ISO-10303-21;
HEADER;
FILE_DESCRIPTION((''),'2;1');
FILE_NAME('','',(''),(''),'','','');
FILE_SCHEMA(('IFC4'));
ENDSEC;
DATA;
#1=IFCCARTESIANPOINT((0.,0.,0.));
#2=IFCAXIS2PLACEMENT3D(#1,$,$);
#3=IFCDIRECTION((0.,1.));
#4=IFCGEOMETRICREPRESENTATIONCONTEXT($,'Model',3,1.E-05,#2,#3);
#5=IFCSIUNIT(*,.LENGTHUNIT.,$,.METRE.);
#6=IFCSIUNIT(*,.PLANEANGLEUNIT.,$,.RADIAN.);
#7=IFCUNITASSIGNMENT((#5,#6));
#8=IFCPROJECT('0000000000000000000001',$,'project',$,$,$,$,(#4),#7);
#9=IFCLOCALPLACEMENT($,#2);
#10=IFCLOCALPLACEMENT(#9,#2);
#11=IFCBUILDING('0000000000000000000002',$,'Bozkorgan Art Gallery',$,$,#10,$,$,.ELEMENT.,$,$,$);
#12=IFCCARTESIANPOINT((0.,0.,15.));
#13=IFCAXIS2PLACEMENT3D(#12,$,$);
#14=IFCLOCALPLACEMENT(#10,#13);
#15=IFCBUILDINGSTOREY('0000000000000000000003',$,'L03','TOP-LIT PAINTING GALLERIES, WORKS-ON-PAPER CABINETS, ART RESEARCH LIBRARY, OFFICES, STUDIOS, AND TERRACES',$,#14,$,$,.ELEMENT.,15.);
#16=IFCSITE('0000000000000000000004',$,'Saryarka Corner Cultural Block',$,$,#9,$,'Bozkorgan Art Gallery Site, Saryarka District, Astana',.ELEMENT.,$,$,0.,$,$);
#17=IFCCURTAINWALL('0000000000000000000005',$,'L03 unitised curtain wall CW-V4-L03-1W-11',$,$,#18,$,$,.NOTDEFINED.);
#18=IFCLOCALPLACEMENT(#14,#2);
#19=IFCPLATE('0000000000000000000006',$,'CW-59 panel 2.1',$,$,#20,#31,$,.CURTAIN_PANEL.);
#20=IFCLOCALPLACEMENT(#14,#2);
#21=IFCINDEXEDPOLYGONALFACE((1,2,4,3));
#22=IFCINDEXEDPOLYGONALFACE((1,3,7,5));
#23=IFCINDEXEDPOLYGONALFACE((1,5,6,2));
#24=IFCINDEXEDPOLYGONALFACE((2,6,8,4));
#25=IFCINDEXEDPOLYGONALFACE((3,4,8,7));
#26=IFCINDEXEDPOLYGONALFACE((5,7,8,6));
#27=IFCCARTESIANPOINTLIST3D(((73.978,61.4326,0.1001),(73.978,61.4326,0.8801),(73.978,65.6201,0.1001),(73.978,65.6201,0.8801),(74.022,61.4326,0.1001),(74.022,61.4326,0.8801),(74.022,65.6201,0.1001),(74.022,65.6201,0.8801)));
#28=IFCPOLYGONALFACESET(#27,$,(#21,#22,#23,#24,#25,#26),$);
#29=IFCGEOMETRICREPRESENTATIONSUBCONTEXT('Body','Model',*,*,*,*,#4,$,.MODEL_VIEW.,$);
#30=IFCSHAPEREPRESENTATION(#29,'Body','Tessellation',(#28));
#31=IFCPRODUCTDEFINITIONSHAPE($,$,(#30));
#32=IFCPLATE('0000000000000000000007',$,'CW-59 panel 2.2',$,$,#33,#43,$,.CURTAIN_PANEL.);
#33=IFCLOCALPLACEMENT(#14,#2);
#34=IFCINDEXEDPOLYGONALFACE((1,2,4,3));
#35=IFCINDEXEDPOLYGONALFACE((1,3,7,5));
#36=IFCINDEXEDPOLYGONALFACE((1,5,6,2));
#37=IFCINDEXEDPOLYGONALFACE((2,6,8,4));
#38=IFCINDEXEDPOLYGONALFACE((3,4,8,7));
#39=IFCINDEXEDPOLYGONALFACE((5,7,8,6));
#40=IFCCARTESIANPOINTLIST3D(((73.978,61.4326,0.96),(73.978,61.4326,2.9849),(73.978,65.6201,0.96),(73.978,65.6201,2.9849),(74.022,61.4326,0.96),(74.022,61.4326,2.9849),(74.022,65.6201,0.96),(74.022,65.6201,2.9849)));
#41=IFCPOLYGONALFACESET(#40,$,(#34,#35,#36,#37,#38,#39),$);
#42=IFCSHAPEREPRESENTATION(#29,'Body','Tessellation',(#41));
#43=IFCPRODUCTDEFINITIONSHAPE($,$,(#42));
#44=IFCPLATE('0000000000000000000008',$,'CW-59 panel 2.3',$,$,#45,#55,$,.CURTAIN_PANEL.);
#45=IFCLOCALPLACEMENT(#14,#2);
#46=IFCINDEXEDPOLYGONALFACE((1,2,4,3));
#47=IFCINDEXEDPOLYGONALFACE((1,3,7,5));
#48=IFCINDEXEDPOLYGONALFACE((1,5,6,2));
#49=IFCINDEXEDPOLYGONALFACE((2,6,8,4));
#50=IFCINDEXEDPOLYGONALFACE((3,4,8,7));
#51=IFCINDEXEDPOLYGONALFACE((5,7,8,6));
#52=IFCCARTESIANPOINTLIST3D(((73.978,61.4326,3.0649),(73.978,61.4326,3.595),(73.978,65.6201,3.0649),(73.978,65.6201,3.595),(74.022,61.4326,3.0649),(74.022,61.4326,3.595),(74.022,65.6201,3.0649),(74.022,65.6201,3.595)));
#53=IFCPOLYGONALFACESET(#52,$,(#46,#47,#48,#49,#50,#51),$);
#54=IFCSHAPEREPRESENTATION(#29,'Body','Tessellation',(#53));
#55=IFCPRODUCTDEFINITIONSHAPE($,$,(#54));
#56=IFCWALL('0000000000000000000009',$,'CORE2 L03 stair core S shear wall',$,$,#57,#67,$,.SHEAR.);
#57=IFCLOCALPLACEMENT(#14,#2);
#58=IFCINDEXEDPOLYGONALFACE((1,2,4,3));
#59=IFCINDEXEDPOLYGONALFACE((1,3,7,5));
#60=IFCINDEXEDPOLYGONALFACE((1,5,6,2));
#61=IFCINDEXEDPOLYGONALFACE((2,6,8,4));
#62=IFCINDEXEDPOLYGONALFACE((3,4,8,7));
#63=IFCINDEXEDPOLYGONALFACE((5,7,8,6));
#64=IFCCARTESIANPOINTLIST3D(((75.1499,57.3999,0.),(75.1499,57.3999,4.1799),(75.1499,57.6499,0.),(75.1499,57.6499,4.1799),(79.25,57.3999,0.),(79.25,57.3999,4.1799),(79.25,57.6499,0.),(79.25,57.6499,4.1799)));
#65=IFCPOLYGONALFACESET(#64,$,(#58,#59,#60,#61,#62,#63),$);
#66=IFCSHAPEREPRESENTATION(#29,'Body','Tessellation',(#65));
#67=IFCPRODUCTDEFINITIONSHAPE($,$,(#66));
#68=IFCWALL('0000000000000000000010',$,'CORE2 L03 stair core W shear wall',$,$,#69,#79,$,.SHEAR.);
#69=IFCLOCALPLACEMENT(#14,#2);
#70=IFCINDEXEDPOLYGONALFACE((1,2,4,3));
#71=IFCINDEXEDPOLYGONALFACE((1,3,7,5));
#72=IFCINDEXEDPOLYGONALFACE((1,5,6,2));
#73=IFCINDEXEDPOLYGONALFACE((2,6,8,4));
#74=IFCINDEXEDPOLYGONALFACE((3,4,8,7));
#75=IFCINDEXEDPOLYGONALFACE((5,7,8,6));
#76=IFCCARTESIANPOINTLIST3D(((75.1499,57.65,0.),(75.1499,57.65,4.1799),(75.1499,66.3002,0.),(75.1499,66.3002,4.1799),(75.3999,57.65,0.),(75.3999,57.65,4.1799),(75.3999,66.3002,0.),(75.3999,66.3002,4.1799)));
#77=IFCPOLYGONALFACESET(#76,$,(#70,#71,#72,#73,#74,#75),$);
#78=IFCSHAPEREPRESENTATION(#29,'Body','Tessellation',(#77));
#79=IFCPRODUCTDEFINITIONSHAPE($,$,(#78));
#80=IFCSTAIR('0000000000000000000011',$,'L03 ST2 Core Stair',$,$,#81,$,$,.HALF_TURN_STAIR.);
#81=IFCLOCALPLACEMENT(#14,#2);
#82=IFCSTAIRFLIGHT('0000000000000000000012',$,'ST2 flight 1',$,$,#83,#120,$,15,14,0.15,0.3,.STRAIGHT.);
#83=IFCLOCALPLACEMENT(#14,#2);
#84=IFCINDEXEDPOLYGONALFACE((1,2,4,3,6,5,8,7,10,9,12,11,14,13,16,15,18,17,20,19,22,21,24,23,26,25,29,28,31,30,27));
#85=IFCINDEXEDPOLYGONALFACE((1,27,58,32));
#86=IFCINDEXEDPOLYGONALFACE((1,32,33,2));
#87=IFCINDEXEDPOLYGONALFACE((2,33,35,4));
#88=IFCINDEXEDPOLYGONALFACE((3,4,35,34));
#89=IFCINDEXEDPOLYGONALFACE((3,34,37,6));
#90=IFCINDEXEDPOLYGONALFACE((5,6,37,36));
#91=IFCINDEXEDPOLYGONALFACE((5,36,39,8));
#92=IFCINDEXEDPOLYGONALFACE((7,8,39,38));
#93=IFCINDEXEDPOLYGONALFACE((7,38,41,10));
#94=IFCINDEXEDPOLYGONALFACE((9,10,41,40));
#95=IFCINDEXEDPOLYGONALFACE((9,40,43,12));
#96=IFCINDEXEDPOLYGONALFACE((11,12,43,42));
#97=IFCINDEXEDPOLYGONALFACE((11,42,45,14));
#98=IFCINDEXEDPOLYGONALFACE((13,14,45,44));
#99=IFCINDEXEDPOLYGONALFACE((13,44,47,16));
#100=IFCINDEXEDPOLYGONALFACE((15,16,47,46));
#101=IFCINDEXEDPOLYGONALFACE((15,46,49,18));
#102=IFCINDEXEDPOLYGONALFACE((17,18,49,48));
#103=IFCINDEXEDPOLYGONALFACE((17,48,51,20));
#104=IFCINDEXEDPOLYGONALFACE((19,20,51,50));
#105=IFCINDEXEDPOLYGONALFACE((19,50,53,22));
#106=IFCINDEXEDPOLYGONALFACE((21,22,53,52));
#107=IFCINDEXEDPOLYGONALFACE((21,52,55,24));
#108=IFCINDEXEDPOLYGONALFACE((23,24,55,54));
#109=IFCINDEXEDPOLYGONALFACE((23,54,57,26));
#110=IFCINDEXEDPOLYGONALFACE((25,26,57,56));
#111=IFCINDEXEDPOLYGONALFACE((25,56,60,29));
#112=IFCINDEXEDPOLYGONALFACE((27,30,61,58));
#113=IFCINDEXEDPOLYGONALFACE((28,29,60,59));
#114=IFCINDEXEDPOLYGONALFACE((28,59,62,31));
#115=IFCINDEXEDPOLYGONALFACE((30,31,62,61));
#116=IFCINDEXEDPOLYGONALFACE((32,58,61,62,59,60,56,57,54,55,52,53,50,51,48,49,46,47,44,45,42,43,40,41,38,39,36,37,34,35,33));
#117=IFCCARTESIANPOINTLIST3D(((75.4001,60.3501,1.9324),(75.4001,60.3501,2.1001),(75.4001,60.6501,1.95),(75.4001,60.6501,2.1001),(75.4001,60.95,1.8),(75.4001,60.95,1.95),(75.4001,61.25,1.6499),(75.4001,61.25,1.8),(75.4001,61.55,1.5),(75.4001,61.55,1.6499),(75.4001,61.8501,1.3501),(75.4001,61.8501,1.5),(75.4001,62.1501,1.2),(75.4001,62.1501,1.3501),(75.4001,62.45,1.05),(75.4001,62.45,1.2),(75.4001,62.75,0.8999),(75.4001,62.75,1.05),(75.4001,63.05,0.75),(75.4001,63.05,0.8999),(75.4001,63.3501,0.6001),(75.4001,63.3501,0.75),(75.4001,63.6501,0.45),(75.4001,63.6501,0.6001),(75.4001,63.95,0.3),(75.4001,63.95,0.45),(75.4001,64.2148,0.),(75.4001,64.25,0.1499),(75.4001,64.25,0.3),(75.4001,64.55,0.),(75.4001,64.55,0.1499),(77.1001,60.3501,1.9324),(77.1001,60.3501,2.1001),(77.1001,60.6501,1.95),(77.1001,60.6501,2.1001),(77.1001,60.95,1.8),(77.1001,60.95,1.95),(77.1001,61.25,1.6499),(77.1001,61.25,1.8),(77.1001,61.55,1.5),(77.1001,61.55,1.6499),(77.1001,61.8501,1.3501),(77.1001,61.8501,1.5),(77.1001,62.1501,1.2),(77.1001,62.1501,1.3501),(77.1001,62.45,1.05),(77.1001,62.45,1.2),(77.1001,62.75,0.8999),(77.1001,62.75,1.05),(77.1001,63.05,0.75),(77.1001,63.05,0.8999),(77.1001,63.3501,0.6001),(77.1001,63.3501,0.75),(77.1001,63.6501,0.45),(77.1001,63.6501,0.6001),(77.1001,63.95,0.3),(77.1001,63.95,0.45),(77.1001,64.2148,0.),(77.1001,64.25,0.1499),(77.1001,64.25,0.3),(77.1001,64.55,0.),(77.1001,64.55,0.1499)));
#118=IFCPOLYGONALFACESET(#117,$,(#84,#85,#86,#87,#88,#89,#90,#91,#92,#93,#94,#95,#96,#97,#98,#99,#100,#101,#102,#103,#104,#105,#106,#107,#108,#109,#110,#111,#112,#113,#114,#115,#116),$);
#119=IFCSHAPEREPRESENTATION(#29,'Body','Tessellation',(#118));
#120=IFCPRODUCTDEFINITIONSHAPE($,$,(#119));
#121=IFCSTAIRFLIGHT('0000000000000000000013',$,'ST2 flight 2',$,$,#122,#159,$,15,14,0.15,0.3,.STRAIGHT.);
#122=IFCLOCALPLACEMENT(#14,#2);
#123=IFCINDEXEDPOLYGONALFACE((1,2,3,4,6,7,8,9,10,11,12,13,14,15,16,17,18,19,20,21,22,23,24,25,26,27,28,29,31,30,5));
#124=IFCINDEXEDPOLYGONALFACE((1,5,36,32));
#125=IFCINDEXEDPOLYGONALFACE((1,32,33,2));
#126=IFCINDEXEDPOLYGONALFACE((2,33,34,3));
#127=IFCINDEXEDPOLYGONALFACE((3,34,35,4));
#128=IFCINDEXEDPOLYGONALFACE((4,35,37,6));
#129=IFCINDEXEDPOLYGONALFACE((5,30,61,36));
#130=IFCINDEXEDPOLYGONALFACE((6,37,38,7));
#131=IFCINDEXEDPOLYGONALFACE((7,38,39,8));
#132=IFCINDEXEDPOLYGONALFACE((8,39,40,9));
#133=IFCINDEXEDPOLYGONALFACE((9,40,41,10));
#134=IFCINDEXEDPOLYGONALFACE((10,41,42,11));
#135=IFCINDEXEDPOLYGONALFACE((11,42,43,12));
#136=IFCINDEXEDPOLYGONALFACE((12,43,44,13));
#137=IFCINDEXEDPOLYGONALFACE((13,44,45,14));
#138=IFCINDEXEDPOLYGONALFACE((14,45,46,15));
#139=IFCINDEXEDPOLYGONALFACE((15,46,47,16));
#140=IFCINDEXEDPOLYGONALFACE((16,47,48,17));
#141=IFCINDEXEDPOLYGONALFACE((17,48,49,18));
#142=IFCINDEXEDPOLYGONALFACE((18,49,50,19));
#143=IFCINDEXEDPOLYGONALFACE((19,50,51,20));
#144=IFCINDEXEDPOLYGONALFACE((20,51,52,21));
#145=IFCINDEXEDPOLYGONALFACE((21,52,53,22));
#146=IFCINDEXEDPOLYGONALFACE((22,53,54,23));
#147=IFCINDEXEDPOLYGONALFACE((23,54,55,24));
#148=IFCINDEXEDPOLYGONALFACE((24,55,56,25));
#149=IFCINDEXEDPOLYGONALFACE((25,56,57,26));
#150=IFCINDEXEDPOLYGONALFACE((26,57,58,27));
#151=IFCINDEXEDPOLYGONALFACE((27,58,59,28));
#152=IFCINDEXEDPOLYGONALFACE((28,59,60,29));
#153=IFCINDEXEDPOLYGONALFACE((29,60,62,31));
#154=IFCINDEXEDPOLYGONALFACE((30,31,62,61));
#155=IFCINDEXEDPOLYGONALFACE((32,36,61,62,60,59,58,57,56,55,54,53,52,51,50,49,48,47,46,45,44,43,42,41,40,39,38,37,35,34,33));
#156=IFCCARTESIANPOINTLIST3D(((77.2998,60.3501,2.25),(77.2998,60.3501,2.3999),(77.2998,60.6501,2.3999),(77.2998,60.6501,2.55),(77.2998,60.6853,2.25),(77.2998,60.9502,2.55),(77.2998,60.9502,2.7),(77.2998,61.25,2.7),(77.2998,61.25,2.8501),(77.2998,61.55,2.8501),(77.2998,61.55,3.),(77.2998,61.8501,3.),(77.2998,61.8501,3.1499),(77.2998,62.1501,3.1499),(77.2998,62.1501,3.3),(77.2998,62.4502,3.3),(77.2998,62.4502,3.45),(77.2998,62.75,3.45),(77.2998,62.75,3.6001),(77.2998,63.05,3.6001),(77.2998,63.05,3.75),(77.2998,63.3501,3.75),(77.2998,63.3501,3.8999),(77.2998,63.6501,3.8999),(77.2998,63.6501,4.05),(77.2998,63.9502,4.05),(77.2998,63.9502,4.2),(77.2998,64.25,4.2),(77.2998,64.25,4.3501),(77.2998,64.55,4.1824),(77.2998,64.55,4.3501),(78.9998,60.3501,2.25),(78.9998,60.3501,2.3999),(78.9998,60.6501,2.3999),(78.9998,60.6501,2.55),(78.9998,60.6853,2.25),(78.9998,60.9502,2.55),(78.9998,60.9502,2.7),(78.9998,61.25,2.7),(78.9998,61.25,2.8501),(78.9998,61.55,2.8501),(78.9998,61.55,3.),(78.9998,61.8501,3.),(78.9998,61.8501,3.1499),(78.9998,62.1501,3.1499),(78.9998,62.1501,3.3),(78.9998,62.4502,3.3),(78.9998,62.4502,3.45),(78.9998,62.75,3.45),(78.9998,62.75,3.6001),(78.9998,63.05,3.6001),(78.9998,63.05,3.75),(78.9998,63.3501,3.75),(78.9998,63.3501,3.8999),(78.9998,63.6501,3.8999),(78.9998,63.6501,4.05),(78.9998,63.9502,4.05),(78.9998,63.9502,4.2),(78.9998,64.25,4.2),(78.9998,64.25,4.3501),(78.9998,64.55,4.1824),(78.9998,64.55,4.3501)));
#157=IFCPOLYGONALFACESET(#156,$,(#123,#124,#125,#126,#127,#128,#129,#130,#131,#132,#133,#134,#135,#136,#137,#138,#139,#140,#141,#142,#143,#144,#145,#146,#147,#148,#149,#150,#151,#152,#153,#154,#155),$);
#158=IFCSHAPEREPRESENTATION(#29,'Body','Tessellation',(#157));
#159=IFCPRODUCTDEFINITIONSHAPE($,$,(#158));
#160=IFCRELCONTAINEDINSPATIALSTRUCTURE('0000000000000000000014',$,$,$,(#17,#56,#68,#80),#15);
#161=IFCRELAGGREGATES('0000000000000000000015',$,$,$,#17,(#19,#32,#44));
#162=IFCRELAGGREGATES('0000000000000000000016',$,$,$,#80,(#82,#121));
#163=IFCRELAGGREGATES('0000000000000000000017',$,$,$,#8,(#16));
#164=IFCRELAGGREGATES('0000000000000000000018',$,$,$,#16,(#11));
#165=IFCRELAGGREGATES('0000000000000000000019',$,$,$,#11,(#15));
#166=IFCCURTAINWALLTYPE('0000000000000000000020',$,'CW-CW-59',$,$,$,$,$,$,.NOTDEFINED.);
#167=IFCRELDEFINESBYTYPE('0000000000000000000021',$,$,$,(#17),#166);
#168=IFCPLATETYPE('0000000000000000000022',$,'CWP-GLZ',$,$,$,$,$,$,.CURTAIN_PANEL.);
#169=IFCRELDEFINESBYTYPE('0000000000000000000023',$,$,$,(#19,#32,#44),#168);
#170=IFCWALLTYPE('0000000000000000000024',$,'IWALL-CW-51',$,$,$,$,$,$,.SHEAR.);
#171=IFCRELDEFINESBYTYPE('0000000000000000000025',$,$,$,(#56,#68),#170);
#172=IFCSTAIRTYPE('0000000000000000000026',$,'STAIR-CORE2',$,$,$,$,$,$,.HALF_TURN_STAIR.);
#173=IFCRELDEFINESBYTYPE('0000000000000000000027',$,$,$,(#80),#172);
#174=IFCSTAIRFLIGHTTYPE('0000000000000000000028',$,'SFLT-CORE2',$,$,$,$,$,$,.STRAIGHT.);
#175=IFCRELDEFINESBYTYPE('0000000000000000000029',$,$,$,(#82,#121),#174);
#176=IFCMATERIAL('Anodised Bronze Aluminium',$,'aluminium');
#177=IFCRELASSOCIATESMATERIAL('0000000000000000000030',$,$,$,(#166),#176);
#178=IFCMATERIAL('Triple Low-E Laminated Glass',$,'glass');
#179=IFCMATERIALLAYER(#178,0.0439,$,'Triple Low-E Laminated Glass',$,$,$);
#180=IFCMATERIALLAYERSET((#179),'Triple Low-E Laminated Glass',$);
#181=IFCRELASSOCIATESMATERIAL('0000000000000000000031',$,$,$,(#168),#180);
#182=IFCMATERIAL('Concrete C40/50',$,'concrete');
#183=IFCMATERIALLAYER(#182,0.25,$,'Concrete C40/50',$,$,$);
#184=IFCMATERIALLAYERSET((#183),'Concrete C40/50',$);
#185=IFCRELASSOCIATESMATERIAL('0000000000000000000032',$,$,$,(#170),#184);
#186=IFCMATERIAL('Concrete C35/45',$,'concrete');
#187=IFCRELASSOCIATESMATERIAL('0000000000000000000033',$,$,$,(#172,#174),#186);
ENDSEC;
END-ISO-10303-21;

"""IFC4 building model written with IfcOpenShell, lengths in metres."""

from ifc_helpers import new_model, si_unit, direction, frame, frame_2d, origin, origin_2d, place, context, subcontext, project, spatial, polyline, rectangle, outline, extrude, material, layer, layer_set, type_object, element, aggregate, save


model = new_model("IFC4")

# Units and contexts
model_context = context("Model", 3, precision=1e-05, world=origin(), true_north=direction((0.0, 1.0)))
body_context = subcontext(model_context, "Body", "Model", "MODEL_VIEW")
ifc_project = project(units=[si_unit("LENGTHUNIT", "METRE"), si_unit("PLANEANGLEUNIT", "RADIAN")], contexts=[model_context])

# Site, building, storey
site_placement = place(None, origin())
site = spatial("IfcSite", under=ifc_project, at=site_placement, Name="Saryarka Corner Cultural Block", LongName="Bozkorgan Art Gallery Site, Saryarka District, Astana", CompositionType="ELEMENT", RefElevation=0.0)
building_placement = place(site_placement, origin())
building = spatial("IfcBuilding", under=site, at=building_placement, Name="Bozkorgan Art Gallery", CompositionType="ELEMENT")
storey_placement = place(building_placement, frame((0.0, 0.0, 15.0)))
storey = spatial("IfcBuildingStorey", under=building, at=storey_placement, Name="L03", Description="TOP-LIT PAINTING GALLERIES, WORKS-ON-PAPER CABINETS, ART RESEARCH LIBRARY, OFFICES, STUDIOS, AND TERRACES", CompositionType="ELEMENT", Elevation=15.0)

# Curtain wall, plates
ifc_material_1 = material(Name="Anodised Bronze Aluminium", Category="aluminium")
curtain_wall_type = type_object("IfcCurtainWallType", Name="CW-CW-59", PredefinedType="NOTDEFINED", material=ifc_material_1)
curtain_wall_placement = place(storey_placement, origin())
curtain_wall = element("IfcCurtainWall", 1, at=curtain_wall_placement, inside=storey, type_object=curtain_wall_type, Name="L03 unitised curtain wall CW-V4-L03-1W-11", PredefinedType="NOTDEFINED")
ifc_material_2 = material(Name="Triple Low-E Laminated Glass", Category="glass")
ifc_layer_1 = layer(ifc_material_2, 0.0439, Name="Triple Low-E Laminated Glass")
ifc_layer_set_1 = layer_set([ifc_layer_1], Name="Triple Low-E Laminated Glass")
plate_type = type_object("IfcPlateType", Name="CWP-GLZ", PredefinedType="CURTAIN_PANEL", material=ifc_layer_set_1)
plate_1_placement = place(storey_placement, frame((74.0, 63.5264, 0.1001), z_axis=(0.0, 0.0, 1.0), x_axis=(0.0, 1.0, 0.0)))
plate_1 = element("IfcPlate", 2, at=plate_1_placement, type_object=plate_type, Name="CW-59 panel 2.1", PredefinedType="CURTAIN_PANEL", context=body_context, shape_type="SweptSolid", body=[
    extrude(rectangle(XDim=4.1875, YDim=0.0439, at=origin_2d()), origin(), (0.0, 0.0, 1.0), 0.78),
])
plate_2_placement = place(storey_placement, frame((74.0, 63.5264, 0.96), z_axis=(0.0, 0.0, 1.0), x_axis=(0.0, 1.0, 0.0)))
plate_2 = element("IfcPlate", 3, at=plate_2_placement, type_object=plate_type, Name="CW-59 panel 2.2", PredefinedType="CURTAIN_PANEL", context=body_context, shape_type="SweptSolid", body=[
    extrude(rectangle(XDim=4.1875, YDim=0.0439, at=origin_2d()), origin(), (0.0, 0.0, 1.0), 2.0249),
])
plate_3_placement = place(storey_placement, frame((74.0, 63.5264, 3.0649), z_axis=(0.0, 0.0, 1.0), x_axis=(0.0, 1.0, 0.0)))
plate_3 = element("IfcPlate", 4, at=plate_3_placement, type_object=plate_type, Name="CW-59 panel 2.3", PredefinedType="CURTAIN_PANEL", context=body_context, shape_type="SweptSolid", body=[
    extrude(rectangle(XDim=4.1875, YDim=0.0439, at=origin_2d()), origin(), (0.0, 0.0, 1.0), 0.53),
])
aggregate(curtain_wall, [plate_1, plate_2, plate_3])

# Walls
ifc_material_3 = material(Name="Concrete C40/50", Category="concrete")
ifc_layer_2 = layer(ifc_material_3, 0.25, Name="Concrete C40/50")
ifc_layer_set_2 = layer_set([ifc_layer_2], Name="Concrete C40/50")
wall_type = type_object("IfcWallType", Name="IWALL-CW-51", PredefinedType="SHEAR", material=ifc_layer_set_2)
wall_1_placement = place(storey_placement, frame((75.1499, 57.5249, 0.0), z_axis=(0.0, 0.0, 1.0), x_axis=(1.0, 0.0, 0.0)))
element("IfcWall", 5, at=wall_1_placement, inside=storey, type_object=wall_type, Name="CORE2 L03 stair core S shear wall", PredefinedType="SHEAR", context=body_context, shape_type="SweptSolid", body=[
    extrude(rectangle(XDim=4.1001, YDim=0.25, at=frame_2d((2.05, 0.0))), origin(), (0.0, 0.0, 1.0), 4.1799),
])
wall_2_placement = place(storey_placement, frame((75.2749, 57.6499, 0.0), z_axis=(0.0, 0.0, 1.0), x_axis=(0.0, 1.0, 0.0)))
element("IfcWall", 6, at=wall_2_placement, inside=storey, type_object=wall_type, Name="CORE2 L03 stair core W shear wall", PredefinedType="SHEAR", context=body_context, shape_type="SweptSolid", body=[
    extrude(rectangle(XDim=8.6501, YDim=0.25, at=frame_2d((4.3252, 0.0))), origin(), (0.0, 0.0, 1.0), 4.1799),
])

# Stair, stair flights
ifc_material_4 = material(Name="Concrete C35/45", Category="concrete")
stair_type = type_object("IfcStairType", Name="STAIR-CORE2", PredefinedType="HALF_TURN_STAIR", material=ifc_material_4)
stair_placement = place(storey_placement, origin())
stair = element("IfcStair", 7, at=stair_placement, inside=storey, type_object=stair_type, Name="L03 ST2 Core Stair", PredefinedType="HALF_TURN_STAIR")
stair_flight_type = type_object("IfcStairFlightType", Name="SFLT-CORE2", PredefinedType="STRAIGHT", material=ifc_material_4)
stair_flight_1_placement = place(storey_placement, frame((76.25, 64.55, 0.0), z_axis=(0.0, 0.0, 1.0), x_axis=(0.0, -1.0, 0.0)))
stair_flight_1 = element("IfcStairFlight", 8, at=stair_flight_1_placement, type_object=stair_flight_type, Name="ST2 flight 1", NumberOfRisers=15, NumberOfTreads=14, PredefinedType="STRAIGHT", RiserHeight=0.15, TreadLength=0.3, context=body_context, shape_type="SweptSolid", body=[
    extrude(outline(polyline([(0.0, 0.0), (0.0, 0.1499), (0.3, 0.1499), (0.3, 0.3), (0.6001, 0.3), (0.6001, 0.45), (0.8999, 0.45), (0.8999, 0.6001), (1.2, 0.6001), (1.2, 0.75), (1.5, 0.75), (1.5, 0.8999), (1.8, 0.8999), (1.8, 1.05), (2.1001, 1.05), (2.1001, 1.2), (2.3999, 1.2), (2.3999, 1.3501), (2.7, 1.3501), (2.7, 1.5), (3.0, 1.5), (3.0, 1.6499), (3.3, 1.6499), (3.3, 1.8), (3.6001, 1.8), (3.6001, 1.95), (3.8999, 1.95), (3.8999, 2.1001), (4.2, 2.1001), (4.2, 2.25), (4.2, 1.9324), (0.3352, 0.0), (0.0, 0.0)])), frame((0.0, 0.8501, 0.0), z_axis=(0.0, -1.0, 0.0), x_axis=(1.0, 0.0, 0.0)), (0.0, 0.0, 1.0), 1.7),
])
stair_flight_2_placement = place(storey_placement, frame((78.1499, 60.3501, 2.25), z_axis=(0.0, 0.0, 1.0), x_axis=(0.0, 1.0, 0.0)))
stair_flight_2 = element("IfcStairFlight", 9, at=stair_flight_2_placement, type_object=stair_flight_type, Name="ST2 flight 2", NumberOfRisers=15, NumberOfTreads=14, PredefinedType="STRAIGHT", RiserHeight=0.15, TreadLength=0.3, context=body_context, shape_type="SweptSolid", body=[
    extrude(outline(polyline([(0.0, 0.0), (0.0, 0.1499), (0.3, 0.1499), (0.3, 0.3), (0.6001, 0.3), (0.6001, 0.45), (0.8999, 0.45), (0.8999, 0.6001), (1.2, 0.6001), (1.2, 0.75), (1.5, 0.75), (1.5, 0.8999), (1.8, 0.8999), (1.8, 1.05), (2.1001, 1.05), (2.1001, 1.2), (2.3999, 1.2), (2.3999, 1.3501), (2.7, 1.3501), (2.7, 1.5), (3.0, 1.5), (3.0, 1.6499), (3.3, 1.6499), (3.3, 1.8), (3.6001, 1.8), (3.6001, 1.95), (3.8999, 1.95), (3.8999, 2.1001), (4.2, 2.1001), (4.2, 2.25), (4.2, 1.9324), (0.3352, 0.0), (0.0, 0.0)])), frame((0.0, 0.8501, 0.0), z_axis=(0.0, -1.0, 0.0), x_axis=(1.0, 0.0, 0.0)), (0.0, 0.0, 1.0), 1.7),
])
aggregate(stair, [stair_flight_1, stair_flight_2])

save(model, "model.ifc")
